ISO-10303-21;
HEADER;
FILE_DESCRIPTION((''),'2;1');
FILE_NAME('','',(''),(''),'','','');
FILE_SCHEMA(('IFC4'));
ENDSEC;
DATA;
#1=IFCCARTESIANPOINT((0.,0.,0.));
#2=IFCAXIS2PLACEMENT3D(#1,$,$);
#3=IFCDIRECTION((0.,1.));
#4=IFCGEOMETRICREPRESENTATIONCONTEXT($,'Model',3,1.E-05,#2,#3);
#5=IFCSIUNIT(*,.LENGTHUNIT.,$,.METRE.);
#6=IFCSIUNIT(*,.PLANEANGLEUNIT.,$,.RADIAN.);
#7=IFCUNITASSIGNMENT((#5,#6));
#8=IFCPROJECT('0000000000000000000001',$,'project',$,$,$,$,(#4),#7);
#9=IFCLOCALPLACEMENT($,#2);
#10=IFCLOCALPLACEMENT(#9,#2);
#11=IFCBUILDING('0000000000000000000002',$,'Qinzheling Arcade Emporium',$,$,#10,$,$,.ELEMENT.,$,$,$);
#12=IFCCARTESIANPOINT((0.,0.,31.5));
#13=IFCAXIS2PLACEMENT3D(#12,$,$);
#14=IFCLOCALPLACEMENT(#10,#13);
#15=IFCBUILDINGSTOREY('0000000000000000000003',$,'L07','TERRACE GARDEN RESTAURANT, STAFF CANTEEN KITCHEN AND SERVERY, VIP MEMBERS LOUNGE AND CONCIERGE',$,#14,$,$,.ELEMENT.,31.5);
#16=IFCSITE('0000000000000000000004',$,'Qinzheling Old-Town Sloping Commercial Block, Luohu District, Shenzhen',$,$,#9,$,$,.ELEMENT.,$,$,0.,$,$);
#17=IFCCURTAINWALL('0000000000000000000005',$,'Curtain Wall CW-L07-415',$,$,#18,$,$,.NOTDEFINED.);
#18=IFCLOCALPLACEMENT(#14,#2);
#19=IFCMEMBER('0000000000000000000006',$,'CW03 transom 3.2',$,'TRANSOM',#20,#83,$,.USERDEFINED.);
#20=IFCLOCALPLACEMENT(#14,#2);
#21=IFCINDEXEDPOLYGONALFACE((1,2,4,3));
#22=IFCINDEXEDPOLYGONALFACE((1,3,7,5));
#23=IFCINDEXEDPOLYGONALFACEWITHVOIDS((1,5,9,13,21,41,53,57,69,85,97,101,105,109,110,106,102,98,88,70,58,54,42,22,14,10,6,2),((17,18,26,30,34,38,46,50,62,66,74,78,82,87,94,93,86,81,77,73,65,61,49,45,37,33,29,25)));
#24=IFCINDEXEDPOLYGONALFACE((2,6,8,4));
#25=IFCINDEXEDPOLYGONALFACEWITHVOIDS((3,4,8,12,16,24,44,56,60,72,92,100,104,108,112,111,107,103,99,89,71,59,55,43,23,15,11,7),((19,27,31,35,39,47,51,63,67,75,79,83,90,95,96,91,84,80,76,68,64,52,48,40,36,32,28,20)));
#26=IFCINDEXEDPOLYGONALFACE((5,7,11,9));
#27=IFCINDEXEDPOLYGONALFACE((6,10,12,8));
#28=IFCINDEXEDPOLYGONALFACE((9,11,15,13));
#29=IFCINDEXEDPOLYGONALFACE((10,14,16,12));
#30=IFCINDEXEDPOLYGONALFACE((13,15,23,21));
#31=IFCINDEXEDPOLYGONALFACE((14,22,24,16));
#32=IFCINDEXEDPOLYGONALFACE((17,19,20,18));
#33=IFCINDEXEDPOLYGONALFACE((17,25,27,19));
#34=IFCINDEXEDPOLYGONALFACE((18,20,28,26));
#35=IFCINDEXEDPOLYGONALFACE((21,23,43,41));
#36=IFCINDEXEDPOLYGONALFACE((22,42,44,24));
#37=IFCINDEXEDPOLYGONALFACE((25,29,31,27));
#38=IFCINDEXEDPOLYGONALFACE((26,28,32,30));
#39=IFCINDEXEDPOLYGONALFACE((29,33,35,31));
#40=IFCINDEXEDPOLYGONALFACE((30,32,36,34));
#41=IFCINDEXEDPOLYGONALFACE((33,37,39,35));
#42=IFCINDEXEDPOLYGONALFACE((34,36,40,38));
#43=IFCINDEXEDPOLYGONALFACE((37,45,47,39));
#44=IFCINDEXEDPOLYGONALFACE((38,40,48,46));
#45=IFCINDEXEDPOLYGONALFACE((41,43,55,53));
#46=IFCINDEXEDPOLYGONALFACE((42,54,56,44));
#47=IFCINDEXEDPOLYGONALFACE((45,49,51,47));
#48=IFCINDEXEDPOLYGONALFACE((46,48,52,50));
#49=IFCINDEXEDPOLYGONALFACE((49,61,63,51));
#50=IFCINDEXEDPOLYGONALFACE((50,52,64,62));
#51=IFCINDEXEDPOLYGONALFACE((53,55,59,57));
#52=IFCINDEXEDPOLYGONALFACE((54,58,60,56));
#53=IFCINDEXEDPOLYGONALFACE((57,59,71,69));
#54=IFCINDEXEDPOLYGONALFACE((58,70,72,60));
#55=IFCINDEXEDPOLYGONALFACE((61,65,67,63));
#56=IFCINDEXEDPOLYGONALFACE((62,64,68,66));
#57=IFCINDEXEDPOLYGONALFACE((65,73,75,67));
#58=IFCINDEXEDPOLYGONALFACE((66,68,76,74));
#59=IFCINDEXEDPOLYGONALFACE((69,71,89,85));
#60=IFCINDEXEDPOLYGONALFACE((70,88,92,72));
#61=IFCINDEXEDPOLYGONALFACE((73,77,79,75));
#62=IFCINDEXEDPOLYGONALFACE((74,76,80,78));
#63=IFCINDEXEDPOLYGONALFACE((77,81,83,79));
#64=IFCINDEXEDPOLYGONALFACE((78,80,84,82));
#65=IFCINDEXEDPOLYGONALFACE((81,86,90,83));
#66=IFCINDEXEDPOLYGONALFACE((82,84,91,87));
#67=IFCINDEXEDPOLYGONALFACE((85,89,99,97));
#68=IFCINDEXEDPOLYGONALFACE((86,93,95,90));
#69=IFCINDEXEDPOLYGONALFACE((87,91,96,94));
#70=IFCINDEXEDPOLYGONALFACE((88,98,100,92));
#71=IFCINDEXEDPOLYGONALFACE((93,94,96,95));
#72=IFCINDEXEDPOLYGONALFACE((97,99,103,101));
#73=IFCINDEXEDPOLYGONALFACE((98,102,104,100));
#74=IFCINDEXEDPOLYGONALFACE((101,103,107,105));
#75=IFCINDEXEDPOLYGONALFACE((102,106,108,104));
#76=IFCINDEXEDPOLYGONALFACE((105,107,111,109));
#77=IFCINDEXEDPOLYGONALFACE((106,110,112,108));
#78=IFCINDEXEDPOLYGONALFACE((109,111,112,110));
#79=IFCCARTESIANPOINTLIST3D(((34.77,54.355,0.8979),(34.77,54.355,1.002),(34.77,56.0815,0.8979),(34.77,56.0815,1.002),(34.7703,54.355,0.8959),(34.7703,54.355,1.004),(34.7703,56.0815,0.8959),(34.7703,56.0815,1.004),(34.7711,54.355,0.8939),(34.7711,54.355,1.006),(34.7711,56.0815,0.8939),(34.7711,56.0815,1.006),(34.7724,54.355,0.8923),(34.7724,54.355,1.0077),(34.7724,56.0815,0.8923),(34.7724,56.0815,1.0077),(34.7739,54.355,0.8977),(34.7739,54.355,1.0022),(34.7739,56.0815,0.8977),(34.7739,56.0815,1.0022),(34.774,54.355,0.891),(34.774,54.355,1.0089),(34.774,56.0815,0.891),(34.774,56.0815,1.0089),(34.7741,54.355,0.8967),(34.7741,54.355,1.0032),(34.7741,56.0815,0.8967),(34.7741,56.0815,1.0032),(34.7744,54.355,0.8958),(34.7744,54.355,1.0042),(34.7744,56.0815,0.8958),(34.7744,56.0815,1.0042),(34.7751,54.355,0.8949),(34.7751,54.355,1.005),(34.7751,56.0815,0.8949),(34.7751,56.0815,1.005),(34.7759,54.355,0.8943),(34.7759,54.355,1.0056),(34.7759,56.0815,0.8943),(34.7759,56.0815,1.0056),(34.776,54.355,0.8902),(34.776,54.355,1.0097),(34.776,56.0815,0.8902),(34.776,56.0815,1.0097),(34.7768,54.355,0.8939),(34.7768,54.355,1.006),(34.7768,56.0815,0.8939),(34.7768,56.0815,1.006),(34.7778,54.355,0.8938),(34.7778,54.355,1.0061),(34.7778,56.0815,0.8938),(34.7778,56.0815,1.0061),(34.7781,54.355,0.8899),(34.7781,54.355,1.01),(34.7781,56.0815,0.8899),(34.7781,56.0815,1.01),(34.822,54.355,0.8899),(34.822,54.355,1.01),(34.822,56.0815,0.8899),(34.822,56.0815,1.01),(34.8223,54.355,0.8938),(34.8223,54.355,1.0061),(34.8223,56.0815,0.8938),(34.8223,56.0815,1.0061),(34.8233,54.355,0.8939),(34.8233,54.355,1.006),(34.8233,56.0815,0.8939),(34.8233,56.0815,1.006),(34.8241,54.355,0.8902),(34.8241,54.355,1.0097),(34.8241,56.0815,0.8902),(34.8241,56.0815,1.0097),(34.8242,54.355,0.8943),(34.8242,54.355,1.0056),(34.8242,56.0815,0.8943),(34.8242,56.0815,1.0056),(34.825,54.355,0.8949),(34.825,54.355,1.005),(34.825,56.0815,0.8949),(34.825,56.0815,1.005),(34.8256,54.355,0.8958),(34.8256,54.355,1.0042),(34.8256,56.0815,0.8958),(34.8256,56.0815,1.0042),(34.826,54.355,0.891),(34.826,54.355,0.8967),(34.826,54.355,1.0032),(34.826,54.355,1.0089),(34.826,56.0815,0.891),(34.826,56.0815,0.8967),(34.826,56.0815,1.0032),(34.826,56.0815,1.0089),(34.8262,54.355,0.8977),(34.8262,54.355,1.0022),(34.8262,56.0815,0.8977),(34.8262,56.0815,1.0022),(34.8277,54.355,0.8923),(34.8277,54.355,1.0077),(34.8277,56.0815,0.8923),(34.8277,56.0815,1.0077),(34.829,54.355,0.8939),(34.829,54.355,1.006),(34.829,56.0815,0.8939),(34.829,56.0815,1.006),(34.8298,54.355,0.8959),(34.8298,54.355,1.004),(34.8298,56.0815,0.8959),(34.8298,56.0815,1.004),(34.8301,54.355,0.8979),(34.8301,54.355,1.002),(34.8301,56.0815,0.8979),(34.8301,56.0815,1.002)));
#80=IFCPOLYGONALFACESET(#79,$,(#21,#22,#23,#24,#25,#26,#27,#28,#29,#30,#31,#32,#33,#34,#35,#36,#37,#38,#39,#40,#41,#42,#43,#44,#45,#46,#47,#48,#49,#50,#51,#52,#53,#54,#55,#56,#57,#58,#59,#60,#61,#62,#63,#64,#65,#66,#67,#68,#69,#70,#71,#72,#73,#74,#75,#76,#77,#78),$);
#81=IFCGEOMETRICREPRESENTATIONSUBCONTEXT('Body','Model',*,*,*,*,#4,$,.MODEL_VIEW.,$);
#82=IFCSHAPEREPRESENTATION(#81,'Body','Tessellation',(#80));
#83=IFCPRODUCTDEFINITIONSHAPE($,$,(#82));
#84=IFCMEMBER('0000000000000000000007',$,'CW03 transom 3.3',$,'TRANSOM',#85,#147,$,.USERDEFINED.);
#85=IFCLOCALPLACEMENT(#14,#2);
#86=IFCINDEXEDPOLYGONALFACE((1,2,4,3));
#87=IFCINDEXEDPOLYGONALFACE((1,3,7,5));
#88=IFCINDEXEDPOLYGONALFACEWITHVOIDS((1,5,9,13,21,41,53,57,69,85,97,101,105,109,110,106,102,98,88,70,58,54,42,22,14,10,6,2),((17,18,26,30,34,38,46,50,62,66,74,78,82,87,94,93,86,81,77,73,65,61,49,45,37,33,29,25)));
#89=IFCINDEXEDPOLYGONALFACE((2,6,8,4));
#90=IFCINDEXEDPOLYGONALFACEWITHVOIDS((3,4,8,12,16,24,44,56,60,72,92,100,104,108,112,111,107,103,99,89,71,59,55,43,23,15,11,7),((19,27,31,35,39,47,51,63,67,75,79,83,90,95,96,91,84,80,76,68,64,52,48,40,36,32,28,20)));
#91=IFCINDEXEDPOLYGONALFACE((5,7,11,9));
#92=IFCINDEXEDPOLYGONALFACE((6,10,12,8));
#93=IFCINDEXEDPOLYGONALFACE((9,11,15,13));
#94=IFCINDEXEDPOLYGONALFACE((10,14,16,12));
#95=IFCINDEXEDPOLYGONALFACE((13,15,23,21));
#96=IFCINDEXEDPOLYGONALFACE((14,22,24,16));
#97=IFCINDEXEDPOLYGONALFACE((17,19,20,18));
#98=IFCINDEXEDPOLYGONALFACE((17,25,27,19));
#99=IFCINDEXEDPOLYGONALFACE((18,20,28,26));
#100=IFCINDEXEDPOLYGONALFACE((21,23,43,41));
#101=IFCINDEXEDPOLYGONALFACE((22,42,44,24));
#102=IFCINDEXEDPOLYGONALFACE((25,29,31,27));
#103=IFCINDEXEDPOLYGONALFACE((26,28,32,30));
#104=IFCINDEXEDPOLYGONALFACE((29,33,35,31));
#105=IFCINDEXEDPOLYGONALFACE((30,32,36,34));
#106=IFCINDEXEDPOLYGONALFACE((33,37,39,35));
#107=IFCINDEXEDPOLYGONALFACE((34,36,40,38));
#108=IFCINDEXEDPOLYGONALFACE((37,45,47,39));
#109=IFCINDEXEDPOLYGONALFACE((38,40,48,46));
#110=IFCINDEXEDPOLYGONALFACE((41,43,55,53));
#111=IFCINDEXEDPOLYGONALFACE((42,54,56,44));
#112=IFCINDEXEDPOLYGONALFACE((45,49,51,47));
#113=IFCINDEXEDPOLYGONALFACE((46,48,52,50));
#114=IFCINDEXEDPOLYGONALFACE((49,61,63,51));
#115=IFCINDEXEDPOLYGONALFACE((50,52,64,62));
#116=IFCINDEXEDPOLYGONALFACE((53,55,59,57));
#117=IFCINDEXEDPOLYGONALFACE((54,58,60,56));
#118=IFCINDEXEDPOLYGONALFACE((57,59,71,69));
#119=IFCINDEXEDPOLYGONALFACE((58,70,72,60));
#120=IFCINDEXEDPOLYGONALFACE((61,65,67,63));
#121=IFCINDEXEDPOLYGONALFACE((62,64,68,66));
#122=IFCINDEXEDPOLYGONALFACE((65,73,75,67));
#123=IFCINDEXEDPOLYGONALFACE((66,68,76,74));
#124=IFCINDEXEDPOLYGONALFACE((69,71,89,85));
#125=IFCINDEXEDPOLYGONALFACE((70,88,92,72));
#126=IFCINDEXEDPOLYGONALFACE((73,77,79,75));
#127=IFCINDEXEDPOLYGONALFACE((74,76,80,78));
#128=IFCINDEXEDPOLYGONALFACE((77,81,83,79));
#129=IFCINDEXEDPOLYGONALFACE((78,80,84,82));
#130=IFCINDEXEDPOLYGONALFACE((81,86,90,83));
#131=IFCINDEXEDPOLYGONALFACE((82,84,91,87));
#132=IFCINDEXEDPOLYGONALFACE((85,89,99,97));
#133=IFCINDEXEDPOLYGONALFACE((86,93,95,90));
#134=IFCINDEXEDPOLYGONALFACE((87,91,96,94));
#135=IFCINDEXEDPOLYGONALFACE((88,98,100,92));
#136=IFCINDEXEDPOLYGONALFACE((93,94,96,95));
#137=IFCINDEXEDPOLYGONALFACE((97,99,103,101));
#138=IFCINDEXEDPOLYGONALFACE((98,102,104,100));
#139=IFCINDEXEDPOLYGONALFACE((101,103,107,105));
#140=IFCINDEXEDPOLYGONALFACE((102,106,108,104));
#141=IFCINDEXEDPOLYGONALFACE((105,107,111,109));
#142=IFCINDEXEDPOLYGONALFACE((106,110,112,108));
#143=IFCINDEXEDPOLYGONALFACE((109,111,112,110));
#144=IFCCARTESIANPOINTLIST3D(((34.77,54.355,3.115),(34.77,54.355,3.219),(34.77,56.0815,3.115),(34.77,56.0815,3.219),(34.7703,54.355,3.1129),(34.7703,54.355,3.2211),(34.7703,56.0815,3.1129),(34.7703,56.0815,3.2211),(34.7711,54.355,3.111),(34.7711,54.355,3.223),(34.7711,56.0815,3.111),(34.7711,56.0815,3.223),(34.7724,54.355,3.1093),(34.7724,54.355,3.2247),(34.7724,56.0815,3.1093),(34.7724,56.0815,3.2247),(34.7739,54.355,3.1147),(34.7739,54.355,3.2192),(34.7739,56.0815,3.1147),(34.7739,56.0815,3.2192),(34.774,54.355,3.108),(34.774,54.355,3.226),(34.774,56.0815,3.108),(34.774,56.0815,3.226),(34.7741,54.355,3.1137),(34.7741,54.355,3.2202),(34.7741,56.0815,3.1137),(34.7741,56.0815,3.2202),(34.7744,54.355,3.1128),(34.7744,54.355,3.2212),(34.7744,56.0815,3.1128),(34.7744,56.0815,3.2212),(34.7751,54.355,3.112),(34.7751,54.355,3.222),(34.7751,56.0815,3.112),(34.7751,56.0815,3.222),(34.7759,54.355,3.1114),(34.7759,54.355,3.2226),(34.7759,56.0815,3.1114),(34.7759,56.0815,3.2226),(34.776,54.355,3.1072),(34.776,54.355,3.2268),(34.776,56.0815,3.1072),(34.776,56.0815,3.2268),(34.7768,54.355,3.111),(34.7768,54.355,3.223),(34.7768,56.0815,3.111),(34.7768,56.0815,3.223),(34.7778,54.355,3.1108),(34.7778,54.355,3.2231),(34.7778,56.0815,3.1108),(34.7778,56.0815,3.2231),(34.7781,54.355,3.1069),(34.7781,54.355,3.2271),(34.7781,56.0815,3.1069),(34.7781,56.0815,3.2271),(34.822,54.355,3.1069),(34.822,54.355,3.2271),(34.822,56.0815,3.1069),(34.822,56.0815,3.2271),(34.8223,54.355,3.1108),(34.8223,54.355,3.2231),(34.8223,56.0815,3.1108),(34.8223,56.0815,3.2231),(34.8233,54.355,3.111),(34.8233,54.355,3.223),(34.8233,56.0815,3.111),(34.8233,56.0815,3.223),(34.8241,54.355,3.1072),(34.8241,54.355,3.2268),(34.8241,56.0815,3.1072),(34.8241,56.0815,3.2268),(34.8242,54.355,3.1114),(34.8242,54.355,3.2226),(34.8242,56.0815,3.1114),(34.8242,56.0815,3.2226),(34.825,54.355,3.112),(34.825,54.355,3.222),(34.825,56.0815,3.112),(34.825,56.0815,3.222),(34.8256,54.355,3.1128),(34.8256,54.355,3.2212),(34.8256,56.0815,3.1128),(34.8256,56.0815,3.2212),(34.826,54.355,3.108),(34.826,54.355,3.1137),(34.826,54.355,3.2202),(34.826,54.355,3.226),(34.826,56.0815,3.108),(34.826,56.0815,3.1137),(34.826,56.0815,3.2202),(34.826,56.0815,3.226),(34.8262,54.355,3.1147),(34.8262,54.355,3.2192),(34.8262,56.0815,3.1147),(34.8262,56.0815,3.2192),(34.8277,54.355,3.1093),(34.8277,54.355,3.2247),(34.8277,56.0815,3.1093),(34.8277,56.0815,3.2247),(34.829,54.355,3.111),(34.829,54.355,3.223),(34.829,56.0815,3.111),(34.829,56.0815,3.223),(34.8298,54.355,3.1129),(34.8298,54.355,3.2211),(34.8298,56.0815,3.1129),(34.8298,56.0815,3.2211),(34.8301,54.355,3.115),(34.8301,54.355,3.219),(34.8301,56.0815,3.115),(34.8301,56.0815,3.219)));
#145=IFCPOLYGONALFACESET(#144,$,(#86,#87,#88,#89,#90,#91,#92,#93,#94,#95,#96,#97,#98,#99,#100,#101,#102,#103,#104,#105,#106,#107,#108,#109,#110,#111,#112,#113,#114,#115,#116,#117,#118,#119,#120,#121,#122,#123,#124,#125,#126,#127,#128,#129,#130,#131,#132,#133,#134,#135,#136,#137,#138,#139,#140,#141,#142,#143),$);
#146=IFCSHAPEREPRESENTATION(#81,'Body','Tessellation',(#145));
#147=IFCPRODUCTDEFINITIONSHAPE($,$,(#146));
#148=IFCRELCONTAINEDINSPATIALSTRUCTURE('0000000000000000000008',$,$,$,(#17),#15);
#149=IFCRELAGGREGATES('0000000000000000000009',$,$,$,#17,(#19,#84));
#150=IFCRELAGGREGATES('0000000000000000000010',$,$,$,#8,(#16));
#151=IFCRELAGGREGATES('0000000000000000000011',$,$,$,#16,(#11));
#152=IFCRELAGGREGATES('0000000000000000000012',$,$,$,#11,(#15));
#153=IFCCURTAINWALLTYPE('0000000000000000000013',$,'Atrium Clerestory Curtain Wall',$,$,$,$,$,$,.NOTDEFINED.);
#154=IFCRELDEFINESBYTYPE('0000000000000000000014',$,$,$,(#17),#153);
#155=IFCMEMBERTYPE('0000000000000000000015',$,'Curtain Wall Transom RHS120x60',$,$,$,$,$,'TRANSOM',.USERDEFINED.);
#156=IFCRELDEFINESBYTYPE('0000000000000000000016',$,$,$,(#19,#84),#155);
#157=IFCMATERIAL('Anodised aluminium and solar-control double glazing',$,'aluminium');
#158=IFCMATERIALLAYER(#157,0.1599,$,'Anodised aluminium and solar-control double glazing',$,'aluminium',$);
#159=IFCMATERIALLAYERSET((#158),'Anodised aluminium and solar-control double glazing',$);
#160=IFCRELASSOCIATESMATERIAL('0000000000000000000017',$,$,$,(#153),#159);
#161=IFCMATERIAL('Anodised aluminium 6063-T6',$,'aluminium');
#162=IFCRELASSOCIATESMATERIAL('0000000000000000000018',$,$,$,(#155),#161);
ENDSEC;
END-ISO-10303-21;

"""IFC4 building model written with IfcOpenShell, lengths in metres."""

from ifc_helpers import new_model, si_unit, direction, frame, origin, origin_2d, place, context, subcontext, project, spatial, hollow_rectangle, extrude, material, layer, layer_set, material_profile, profile_set, type_object, element, aggregate, save


model = new_model("IFC4")

# Units and contexts
model_context = context("Model", 3, precision=1e-05, world=origin(), true_north=direction((0.0, 1.0)))
body_context = subcontext(model_context, "Body", "Model", "MODEL_VIEW")
ifc_project = project(units=[si_unit("LENGTHUNIT", "METRE"), si_unit("PLANEANGLEUNIT", "RADIAN")], contexts=[model_context])

# Site, building, storey
site_placement = place(None, origin())
site = spatial("IfcSite", under=ifc_project, at=site_placement, Name="Qinzheling Old-Town Sloping Commercial Block, Luohu District, Shenzhen", CompositionType="ELEMENT", RefElevation=0.0)
building_placement = place(site_placement, origin())
building = spatial("IfcBuilding", under=site, at=building_placement, Name="Qinzheling Arcade Emporium", CompositionType="ELEMENT")
storey_placement = place(building_placement, frame((0.0, 0.0, 31.5)))
storey = spatial("IfcBuildingStorey", under=building, at=storey_placement, Name="L07", Description="TERRACE GARDEN RESTAURANT, STAFF CANTEEN KITCHEN AND SERVERY, VIP MEMBERS LOUNGE AND CONCIERGE", CompositionType="ELEMENT", Elevation=31.5)

# Curtain wall, members
ifc_material_1 = material(Name="Anodised aluminium and solar-control double glazing", Category="aluminium")
ifc_layer_1 = layer(ifc_material_1, 0.1599, Name="Anodised aluminium and solar-control double glazing", Category="aluminium")
ifc_layer_set_1 = layer_set([ifc_layer_1], Name="Anodised aluminium and solar-control double glazing")
curtain_wall_type = type_object("IfcCurtainWallType", Name="Atrium Clerestory Curtain Wall", PredefinedType="NOTDEFINED", material=ifc_layer_set_1)
curtain_wall_placement = place(storey_placement, origin())
curtain_wall = element("IfcCurtainWall", 1, at=curtain_wall_placement, inside=storey, type_object=curtain_wall_type, Name="Curtain Wall CW-L07-415", PredefinedType="NOTDEFINED")
ifc_material_2 = material(Name="Anodised aluminium 6063-T6", Category="aluminium")
ifc_material_profile_1 = material_profile(ifc_material_2, hollow_rectangle(XDim=0.0601, YDim=0.1201, WallThickness=0.0039, InnerFilletRadius=0.0039, OuterFilletRadius=0.0081, at=origin_2d()), Name="RHS 120x60x4", Category="aluminium")
ifc_profile_set_1 = profile_set([ifc_material_profile_1], Name="Anodised aluminium 6063-T6")
member_type_1 = type_object("IfcMemberType", Name="Curtain Wall Transom RHS120x60", ElementType="TRANSOM", PredefinedType="USERDEFINED", material=ifc_profile_set_1)
member_1_placement = place(storey_placement, frame((34.8, 54.355, 0.95), z_axis=(0.0, 1.0, 0.0), x_axis=(-1.0, 0.0, 0.0)))
member_1 = element("IfcMember", 2, at=member_1_placement, type_object=member_type_1, Name="CW03 transom 3.2", ObjectType="TRANSOM", PredefinedType="USERDEFINED", context=body_context, shape_type="SweptSolid", body=[
    extrude(hollow_rectangle(XDim=0.0601, YDim=0.1201, WallThickness=0.0039, InnerFilletRadius=0.0039, OuterFilletRadius=0.0081, at=origin_2d()), origin(), (0.0, 0.0, 1.0), 1.7266),
])
member_2_placement = place(storey_placement, frame((34.8, 54.355, 3.167), z_axis=(0.0, 1.0, 0.0), x_axis=(-1.0, 0.0, 0.0)))
member_2 = element("IfcMember", 3, at=member_2_placement, type_object=member_type_1, Name="CW03 transom 3.3", ObjectType="TRANSOM", PredefinedType="USERDEFINED", context=body_context, shape_type="SweptSolid", body=[
    extrude(hollow_rectangle(XDim=0.0601, YDim=0.1201, WallThickness=0.0039, InnerFilletRadius=0.0039, OuterFilletRadius=0.0081, at=origin_2d()), origin(), (0.0, 0.0, 1.0), 1.7266),
])
aggregate(curtain_wall, [member_1, member_2])

save(model, "model.ifc")
